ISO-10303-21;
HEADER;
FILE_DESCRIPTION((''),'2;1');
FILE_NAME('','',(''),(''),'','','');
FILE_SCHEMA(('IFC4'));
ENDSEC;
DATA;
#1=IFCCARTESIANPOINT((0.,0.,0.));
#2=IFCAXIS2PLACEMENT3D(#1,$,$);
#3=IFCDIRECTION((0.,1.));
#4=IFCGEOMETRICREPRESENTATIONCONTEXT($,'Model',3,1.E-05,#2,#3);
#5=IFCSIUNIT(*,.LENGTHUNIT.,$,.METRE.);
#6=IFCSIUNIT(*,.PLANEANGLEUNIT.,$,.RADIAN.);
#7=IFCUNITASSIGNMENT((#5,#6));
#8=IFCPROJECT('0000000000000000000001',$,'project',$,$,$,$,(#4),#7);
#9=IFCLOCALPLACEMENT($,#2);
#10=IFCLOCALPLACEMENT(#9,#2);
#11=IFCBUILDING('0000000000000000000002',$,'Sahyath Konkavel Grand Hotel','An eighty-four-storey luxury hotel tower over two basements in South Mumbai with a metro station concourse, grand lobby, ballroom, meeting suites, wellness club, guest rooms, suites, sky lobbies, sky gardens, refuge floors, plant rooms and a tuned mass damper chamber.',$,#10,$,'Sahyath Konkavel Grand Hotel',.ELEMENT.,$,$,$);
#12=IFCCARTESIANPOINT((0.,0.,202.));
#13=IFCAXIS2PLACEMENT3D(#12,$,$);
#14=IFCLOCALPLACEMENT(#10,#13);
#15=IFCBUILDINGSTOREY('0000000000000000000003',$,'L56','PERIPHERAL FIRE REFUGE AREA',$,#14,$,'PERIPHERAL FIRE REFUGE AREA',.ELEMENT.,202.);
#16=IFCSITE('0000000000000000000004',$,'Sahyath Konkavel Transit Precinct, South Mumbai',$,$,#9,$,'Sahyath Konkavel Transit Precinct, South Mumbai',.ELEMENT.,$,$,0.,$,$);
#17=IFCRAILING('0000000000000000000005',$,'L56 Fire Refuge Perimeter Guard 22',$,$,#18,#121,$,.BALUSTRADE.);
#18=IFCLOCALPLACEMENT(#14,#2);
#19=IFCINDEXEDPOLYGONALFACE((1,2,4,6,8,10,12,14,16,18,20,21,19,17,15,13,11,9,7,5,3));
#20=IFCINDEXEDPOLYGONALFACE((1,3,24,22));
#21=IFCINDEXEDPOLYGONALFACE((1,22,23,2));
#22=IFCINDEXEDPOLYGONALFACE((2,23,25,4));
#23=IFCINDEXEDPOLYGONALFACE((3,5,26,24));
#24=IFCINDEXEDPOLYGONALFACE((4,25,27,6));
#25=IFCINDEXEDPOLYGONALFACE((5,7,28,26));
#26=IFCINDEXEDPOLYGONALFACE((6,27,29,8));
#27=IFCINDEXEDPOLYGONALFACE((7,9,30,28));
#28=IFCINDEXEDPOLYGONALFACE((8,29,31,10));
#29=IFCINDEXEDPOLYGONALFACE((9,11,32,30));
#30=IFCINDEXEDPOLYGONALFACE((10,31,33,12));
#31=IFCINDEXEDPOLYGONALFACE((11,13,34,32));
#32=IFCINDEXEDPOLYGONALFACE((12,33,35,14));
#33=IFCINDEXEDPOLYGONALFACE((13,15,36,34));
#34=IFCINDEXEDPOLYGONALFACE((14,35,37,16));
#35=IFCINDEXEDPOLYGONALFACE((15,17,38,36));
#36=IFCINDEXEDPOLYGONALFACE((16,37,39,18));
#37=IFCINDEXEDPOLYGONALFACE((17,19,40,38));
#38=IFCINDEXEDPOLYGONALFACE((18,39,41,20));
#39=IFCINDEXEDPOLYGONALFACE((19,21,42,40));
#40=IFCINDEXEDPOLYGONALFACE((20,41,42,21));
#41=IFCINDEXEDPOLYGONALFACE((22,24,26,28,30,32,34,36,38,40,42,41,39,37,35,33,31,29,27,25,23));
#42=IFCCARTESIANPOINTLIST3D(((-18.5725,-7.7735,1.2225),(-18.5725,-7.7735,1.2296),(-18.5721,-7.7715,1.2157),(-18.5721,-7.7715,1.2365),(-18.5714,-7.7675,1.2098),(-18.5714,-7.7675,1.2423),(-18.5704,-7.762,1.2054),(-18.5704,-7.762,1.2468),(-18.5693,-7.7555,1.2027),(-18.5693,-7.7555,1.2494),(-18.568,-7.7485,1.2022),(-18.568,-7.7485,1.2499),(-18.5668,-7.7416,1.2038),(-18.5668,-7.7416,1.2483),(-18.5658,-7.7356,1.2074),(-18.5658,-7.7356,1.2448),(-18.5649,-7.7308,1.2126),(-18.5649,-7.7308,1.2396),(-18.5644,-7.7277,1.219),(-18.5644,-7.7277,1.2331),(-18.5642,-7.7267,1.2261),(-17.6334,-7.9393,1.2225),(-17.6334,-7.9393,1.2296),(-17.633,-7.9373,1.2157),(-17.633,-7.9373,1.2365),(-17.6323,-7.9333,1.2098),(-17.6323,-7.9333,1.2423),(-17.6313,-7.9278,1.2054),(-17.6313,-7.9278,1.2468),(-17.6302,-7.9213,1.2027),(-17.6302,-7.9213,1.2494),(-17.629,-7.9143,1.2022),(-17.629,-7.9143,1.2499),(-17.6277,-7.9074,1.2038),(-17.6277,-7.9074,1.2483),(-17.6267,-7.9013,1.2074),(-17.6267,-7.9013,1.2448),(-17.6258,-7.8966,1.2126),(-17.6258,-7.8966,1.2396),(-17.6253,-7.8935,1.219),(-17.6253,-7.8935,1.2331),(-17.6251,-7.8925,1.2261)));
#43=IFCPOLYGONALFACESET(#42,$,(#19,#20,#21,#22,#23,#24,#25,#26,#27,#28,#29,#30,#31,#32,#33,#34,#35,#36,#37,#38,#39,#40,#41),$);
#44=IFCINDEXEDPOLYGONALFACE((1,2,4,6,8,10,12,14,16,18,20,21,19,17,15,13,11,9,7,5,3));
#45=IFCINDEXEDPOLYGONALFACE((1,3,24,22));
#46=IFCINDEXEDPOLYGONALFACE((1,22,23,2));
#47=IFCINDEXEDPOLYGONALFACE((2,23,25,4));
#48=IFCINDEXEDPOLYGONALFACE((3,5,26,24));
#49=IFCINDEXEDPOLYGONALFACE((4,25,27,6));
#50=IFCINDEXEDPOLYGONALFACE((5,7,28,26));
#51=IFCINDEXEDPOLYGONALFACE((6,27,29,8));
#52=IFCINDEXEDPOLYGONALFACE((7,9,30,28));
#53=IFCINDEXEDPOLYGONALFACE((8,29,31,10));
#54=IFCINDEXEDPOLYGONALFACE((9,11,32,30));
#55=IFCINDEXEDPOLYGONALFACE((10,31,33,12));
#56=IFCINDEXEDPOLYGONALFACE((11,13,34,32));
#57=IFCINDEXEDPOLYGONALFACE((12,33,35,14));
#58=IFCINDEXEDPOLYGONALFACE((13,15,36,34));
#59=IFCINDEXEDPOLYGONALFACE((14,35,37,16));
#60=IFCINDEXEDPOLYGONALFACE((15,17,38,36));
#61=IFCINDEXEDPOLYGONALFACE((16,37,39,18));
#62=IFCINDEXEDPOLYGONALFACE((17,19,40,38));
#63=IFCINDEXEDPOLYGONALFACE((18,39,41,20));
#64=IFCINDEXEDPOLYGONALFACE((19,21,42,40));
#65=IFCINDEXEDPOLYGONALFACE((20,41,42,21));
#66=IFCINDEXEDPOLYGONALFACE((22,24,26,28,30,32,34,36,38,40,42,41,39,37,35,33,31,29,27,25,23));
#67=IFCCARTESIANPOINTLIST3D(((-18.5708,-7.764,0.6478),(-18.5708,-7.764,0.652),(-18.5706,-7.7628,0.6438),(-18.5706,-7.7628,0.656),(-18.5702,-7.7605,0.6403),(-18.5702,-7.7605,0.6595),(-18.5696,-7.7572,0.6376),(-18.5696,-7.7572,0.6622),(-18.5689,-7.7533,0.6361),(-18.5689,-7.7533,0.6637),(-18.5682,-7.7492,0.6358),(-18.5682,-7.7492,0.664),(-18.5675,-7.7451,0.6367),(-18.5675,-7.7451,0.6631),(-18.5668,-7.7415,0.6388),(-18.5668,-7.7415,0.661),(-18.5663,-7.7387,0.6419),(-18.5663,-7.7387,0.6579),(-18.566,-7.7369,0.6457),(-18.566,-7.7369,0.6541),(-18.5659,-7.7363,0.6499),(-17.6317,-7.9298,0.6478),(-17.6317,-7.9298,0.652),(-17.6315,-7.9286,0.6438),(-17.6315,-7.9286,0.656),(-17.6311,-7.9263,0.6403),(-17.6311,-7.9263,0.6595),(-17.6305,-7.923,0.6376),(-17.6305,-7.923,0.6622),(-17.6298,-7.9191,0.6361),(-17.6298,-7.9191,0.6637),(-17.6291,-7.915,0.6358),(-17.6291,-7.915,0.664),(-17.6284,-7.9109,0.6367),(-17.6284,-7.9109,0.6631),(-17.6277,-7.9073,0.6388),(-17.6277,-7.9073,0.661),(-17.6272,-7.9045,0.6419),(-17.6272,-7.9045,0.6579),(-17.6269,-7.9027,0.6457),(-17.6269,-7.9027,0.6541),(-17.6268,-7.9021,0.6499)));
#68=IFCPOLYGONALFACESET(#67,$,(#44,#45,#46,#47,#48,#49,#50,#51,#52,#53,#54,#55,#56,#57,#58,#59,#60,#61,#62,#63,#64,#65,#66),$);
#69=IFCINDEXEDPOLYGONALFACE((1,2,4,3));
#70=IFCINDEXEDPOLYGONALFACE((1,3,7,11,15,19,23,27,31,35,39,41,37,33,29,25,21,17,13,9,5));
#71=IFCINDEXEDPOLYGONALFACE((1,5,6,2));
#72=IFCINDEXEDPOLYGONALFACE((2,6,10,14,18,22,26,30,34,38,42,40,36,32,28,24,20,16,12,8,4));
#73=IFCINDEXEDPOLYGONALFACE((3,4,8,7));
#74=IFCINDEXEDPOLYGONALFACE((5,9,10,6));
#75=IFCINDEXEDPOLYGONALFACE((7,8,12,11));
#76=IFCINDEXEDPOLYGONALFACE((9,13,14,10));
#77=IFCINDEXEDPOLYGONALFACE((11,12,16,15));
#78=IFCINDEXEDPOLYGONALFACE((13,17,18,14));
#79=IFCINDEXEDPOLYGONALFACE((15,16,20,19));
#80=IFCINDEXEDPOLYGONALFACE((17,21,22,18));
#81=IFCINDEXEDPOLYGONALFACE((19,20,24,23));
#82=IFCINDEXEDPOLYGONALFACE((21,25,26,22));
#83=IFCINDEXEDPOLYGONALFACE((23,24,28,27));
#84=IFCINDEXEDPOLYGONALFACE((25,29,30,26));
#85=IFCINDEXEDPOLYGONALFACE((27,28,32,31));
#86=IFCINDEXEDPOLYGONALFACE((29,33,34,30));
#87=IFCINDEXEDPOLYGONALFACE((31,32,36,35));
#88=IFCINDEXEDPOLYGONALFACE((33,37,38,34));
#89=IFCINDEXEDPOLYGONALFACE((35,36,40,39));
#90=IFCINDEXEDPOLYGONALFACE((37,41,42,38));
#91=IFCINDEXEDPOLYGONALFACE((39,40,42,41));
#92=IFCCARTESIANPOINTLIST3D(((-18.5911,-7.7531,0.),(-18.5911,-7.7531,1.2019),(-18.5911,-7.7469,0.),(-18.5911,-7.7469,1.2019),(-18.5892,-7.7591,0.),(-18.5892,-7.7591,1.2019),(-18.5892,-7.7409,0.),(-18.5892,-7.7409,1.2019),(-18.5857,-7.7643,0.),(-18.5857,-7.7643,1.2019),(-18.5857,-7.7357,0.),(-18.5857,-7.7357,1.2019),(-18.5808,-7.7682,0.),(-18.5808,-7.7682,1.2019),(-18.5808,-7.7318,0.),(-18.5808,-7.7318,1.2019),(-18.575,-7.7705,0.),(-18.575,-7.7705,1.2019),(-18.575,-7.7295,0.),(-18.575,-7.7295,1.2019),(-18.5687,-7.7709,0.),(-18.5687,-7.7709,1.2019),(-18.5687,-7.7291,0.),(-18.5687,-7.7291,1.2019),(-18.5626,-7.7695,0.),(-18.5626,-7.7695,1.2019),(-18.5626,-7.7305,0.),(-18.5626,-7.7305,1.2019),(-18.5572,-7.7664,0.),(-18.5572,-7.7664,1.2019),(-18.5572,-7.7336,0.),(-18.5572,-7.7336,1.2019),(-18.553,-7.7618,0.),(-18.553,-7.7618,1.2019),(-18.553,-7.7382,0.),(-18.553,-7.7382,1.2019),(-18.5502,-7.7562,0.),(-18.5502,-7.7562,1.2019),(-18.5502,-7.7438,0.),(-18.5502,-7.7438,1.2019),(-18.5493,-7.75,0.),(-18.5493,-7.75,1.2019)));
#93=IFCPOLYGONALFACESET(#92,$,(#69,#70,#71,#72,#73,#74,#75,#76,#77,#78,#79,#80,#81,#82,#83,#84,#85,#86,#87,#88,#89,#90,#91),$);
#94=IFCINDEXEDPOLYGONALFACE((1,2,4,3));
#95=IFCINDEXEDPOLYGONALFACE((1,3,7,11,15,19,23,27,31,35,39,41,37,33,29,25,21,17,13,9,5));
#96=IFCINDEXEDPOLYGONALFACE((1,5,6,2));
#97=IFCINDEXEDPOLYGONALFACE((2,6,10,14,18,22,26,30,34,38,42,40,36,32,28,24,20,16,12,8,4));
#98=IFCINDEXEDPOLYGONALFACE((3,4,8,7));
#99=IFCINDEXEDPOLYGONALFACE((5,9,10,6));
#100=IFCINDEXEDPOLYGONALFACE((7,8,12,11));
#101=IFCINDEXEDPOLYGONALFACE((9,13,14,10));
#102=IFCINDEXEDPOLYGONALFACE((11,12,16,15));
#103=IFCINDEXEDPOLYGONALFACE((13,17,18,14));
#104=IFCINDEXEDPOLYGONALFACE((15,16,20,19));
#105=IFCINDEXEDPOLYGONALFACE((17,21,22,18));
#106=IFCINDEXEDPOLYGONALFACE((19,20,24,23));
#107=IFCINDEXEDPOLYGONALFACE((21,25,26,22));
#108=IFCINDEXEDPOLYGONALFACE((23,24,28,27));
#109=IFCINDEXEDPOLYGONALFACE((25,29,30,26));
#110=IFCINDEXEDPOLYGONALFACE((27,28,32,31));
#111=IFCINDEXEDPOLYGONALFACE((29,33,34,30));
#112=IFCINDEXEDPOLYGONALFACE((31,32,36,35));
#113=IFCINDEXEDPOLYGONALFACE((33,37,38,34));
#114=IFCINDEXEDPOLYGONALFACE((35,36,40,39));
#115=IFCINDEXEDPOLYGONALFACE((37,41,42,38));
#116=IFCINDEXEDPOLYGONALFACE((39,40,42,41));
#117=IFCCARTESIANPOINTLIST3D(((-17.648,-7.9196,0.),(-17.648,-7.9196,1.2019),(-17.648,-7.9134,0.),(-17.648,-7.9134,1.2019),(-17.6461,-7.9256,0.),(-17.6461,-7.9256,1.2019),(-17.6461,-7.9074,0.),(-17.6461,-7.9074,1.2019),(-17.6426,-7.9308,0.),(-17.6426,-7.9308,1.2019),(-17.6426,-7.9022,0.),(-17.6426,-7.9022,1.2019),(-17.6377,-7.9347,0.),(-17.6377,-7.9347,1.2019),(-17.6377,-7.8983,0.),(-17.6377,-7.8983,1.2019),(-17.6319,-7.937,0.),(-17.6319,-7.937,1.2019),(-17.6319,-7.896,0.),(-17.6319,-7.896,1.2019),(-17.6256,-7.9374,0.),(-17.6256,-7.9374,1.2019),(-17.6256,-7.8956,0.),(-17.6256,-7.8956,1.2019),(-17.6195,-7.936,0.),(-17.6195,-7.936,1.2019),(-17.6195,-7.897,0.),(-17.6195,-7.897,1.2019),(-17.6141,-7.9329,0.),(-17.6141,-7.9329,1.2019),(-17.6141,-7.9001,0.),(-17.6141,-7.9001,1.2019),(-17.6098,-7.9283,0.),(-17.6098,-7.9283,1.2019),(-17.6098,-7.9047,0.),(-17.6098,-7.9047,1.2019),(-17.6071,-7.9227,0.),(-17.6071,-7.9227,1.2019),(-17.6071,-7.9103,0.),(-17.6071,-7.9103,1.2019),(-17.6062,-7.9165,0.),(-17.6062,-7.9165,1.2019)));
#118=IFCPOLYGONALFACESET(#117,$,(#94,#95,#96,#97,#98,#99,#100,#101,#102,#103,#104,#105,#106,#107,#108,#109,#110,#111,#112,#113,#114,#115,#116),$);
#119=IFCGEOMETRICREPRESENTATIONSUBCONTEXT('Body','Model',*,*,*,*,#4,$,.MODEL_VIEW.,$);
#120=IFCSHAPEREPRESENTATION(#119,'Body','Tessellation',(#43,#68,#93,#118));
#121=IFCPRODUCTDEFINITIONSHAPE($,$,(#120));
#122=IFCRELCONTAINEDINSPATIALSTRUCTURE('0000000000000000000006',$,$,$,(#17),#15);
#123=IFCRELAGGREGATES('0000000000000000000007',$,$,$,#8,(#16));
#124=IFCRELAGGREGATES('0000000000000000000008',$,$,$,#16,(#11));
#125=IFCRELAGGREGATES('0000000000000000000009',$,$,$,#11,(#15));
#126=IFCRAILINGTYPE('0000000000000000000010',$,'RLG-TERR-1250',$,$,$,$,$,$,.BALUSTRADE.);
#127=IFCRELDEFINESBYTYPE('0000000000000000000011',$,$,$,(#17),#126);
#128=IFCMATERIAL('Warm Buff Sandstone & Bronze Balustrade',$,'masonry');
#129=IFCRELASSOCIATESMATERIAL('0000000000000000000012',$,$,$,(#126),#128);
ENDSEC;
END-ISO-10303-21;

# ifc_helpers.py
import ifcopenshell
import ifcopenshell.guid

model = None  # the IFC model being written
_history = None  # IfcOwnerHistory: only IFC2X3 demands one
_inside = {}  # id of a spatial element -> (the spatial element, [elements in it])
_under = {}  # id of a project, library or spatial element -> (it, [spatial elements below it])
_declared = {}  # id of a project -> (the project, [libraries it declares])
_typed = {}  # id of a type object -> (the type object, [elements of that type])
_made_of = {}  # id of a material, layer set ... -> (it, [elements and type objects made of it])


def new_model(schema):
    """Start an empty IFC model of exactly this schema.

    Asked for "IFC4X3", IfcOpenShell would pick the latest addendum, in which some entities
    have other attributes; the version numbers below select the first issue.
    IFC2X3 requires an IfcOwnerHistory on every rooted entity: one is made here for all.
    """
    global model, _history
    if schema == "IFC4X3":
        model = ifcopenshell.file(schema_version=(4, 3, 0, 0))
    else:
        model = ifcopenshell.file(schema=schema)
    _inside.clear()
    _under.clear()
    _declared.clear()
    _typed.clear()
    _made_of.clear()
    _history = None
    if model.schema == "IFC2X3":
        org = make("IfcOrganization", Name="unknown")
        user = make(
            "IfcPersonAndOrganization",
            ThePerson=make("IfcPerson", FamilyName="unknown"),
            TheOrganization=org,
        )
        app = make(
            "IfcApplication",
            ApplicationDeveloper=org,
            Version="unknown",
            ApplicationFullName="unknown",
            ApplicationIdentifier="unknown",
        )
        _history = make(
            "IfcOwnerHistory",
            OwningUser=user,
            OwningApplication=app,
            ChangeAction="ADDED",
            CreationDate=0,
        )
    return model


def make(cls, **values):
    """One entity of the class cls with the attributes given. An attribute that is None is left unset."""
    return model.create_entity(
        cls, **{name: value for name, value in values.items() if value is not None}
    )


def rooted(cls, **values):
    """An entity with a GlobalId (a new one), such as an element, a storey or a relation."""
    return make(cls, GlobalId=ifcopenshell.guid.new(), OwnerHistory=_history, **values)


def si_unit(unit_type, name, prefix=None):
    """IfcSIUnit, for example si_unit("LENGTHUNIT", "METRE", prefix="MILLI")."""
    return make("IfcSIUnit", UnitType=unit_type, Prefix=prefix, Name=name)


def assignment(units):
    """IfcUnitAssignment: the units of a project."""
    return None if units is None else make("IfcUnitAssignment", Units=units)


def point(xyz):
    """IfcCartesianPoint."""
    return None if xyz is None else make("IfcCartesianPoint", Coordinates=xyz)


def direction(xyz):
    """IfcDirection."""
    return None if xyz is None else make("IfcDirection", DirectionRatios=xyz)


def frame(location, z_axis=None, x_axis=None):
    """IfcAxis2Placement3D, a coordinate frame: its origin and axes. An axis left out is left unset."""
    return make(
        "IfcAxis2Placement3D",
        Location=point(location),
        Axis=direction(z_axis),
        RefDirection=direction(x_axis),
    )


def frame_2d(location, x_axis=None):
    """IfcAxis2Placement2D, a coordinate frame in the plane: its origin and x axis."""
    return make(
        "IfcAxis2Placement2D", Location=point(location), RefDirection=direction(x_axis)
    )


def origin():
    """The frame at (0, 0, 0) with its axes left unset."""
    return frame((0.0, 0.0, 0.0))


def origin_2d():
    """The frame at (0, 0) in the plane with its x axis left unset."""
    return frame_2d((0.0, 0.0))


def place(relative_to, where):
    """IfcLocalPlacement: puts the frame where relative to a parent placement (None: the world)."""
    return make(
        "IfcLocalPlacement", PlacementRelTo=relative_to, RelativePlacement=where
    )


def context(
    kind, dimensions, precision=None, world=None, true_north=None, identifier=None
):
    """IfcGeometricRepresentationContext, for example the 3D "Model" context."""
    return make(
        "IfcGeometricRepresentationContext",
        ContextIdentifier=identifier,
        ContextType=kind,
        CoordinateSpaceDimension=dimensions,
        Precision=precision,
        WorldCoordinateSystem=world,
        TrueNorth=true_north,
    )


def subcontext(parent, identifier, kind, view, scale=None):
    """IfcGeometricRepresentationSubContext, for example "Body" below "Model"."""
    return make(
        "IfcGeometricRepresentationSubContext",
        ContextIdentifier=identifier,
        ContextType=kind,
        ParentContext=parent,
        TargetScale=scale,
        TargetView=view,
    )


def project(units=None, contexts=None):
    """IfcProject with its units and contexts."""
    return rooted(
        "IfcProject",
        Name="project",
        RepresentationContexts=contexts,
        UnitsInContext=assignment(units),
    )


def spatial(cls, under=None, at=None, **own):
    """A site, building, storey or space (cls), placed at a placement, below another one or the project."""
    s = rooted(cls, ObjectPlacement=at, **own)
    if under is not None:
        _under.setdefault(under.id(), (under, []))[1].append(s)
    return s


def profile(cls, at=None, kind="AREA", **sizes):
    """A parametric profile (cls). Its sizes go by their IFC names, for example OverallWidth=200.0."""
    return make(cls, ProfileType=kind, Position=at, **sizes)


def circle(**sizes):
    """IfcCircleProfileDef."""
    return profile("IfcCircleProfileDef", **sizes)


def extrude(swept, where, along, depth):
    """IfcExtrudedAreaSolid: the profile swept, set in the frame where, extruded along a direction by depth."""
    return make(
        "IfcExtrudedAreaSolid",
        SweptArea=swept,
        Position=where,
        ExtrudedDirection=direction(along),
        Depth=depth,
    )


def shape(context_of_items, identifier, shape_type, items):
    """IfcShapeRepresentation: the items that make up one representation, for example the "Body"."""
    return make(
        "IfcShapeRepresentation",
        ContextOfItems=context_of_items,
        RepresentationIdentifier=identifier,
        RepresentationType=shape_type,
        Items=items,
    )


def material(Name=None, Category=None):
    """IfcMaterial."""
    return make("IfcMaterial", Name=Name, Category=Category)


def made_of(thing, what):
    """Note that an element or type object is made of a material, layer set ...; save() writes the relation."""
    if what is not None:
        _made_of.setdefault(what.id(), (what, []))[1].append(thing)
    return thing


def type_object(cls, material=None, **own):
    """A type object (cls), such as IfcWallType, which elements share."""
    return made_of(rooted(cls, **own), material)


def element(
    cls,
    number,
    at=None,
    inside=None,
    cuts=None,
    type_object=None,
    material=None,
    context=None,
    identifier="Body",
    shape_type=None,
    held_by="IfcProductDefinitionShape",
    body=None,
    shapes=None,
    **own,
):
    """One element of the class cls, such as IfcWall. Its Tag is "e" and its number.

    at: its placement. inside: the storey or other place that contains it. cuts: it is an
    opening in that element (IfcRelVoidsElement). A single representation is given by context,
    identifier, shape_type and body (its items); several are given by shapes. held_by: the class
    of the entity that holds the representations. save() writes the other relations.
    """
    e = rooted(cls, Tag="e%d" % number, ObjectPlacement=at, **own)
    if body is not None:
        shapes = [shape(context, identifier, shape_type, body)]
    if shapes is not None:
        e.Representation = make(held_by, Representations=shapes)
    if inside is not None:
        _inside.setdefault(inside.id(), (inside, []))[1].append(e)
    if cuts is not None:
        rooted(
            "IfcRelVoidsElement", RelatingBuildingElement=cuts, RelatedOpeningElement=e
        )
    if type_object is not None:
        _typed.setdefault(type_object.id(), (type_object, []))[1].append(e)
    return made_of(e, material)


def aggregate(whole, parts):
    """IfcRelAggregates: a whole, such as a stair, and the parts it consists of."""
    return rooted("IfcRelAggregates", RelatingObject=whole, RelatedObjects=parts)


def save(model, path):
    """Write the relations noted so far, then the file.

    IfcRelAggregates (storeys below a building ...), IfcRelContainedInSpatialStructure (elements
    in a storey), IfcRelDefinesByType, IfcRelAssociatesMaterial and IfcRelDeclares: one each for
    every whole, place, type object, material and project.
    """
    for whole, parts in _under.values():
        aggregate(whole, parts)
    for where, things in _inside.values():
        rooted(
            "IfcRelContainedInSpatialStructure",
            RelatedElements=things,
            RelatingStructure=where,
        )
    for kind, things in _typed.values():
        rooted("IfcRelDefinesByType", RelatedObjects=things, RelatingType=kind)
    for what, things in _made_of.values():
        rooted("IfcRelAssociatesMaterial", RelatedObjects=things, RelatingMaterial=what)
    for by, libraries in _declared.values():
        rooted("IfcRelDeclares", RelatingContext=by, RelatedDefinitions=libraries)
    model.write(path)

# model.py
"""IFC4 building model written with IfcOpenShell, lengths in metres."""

from ifc_helpers import new_model, si_unit, direction, frame, origin, origin_2d, place, context, subcontext, project, spatial, circle, extrude, material, type_object, element, save


model = new_model("IFC4")

# Units and contexts
model_context = context("Model", 3, precision=1e-05, world=origin(), true_north=direction((0.0, 1.0)))
body_context = subcontext(model_context, "Body", "Model", "MODEL_VIEW")
ifc_project = project(units=[si_unit("LENGTHUNIT", "METRE"), si_unit("PLANEANGLEUNIT", "RADIAN")], contexts=[model_context])

# Site, building, storey
site_placement = place(None, origin())
site = spatial("IfcSite", under=ifc_project, at=site_placement, Name="Sahyath Konkavel Transit Precinct, South Mumbai", LongName="Sahyath Konkavel Transit Precinct, South Mumbai", CompositionType="ELEMENT", RefElevation=0.0)
building_placement = place(site_placement, origin())
building = spatial("IfcBuilding", under=site, at=building_placement, Name="Sahyath Konkavel Grand Hotel", Description="An eighty-four-storey luxury hotel tower over two basements in South Mumbai with a metro station concourse, grand lobby, ballroom, meeting suites, wellness club, guest rooms, suites, sky lobbies, sky gardens, refuge floors, plant rooms and a tuned mass damper chamber.", LongName="Sahyath Konkavel Grand Hotel", CompositionType="ELEMENT")
storey_placement = place(building_placement, frame((0.0, 0.0, 202.0)))
storey = spatial("IfcBuildingStorey", under=building, at=storey_placement, Name="L56", Description="PERIPHERAL FIRE REFUGE AREA", LongName="PERIPHERAL FIRE REFUGE AREA", CompositionType="ELEMENT", Elevation=202.0)

# Railing
ifc_material_1 = material(Name="Warm Buff Sandstone & Bronze Balustrade", Category="masonry")
railing_type = type_object("IfcRailingType", Name="RLG-TERR-1250", PredefinedType="BALUSTRADE", material=ifc_material_1)
railing_1_placement = place(storey_placement, frame((-18.5703, -7.75, 0.0)))
element("IfcRailing", 1, at=railing_1_placement, inside=storey, type_object=railing_type, Name="L56 Fire Refuge Perimeter Guard 22", PredefinedType="BALUSTRADE", context=body_context, shape_type="SweptSolid", body=[
    extrude(circle(Radius=0.0239, at=origin_2d()), frame((0.002, -0.0002, 1.2261), z_axis=(0.984771, -0.173858, 0.0), x_axis=(0.173858, 0.984771, 0.0)), (0.0, 0.0, 1.0), 0.9536),
    extrude(circle(Radius=0.0142, at=origin_2d()), frame((0.002, -0.0002, 0.6499), z_axis=(0.984771, -0.173858, 0.0), x_axis=(0.173858, 0.984771, 0.0)), (0.0, 0.0, 1.0), 0.9536),
    extrude(circle(Radius=0.021, at=origin_2d()), origin(), (0.0, 0.0, 1.0), 1.2019),
    extrude(circle(Radius=0.021, at=origin_2d()), frame((0.9431, -0.1665, 0.0)), (0.0, 0.0, 1.0), 1.2019),
])

save(model, "model.ifc")
